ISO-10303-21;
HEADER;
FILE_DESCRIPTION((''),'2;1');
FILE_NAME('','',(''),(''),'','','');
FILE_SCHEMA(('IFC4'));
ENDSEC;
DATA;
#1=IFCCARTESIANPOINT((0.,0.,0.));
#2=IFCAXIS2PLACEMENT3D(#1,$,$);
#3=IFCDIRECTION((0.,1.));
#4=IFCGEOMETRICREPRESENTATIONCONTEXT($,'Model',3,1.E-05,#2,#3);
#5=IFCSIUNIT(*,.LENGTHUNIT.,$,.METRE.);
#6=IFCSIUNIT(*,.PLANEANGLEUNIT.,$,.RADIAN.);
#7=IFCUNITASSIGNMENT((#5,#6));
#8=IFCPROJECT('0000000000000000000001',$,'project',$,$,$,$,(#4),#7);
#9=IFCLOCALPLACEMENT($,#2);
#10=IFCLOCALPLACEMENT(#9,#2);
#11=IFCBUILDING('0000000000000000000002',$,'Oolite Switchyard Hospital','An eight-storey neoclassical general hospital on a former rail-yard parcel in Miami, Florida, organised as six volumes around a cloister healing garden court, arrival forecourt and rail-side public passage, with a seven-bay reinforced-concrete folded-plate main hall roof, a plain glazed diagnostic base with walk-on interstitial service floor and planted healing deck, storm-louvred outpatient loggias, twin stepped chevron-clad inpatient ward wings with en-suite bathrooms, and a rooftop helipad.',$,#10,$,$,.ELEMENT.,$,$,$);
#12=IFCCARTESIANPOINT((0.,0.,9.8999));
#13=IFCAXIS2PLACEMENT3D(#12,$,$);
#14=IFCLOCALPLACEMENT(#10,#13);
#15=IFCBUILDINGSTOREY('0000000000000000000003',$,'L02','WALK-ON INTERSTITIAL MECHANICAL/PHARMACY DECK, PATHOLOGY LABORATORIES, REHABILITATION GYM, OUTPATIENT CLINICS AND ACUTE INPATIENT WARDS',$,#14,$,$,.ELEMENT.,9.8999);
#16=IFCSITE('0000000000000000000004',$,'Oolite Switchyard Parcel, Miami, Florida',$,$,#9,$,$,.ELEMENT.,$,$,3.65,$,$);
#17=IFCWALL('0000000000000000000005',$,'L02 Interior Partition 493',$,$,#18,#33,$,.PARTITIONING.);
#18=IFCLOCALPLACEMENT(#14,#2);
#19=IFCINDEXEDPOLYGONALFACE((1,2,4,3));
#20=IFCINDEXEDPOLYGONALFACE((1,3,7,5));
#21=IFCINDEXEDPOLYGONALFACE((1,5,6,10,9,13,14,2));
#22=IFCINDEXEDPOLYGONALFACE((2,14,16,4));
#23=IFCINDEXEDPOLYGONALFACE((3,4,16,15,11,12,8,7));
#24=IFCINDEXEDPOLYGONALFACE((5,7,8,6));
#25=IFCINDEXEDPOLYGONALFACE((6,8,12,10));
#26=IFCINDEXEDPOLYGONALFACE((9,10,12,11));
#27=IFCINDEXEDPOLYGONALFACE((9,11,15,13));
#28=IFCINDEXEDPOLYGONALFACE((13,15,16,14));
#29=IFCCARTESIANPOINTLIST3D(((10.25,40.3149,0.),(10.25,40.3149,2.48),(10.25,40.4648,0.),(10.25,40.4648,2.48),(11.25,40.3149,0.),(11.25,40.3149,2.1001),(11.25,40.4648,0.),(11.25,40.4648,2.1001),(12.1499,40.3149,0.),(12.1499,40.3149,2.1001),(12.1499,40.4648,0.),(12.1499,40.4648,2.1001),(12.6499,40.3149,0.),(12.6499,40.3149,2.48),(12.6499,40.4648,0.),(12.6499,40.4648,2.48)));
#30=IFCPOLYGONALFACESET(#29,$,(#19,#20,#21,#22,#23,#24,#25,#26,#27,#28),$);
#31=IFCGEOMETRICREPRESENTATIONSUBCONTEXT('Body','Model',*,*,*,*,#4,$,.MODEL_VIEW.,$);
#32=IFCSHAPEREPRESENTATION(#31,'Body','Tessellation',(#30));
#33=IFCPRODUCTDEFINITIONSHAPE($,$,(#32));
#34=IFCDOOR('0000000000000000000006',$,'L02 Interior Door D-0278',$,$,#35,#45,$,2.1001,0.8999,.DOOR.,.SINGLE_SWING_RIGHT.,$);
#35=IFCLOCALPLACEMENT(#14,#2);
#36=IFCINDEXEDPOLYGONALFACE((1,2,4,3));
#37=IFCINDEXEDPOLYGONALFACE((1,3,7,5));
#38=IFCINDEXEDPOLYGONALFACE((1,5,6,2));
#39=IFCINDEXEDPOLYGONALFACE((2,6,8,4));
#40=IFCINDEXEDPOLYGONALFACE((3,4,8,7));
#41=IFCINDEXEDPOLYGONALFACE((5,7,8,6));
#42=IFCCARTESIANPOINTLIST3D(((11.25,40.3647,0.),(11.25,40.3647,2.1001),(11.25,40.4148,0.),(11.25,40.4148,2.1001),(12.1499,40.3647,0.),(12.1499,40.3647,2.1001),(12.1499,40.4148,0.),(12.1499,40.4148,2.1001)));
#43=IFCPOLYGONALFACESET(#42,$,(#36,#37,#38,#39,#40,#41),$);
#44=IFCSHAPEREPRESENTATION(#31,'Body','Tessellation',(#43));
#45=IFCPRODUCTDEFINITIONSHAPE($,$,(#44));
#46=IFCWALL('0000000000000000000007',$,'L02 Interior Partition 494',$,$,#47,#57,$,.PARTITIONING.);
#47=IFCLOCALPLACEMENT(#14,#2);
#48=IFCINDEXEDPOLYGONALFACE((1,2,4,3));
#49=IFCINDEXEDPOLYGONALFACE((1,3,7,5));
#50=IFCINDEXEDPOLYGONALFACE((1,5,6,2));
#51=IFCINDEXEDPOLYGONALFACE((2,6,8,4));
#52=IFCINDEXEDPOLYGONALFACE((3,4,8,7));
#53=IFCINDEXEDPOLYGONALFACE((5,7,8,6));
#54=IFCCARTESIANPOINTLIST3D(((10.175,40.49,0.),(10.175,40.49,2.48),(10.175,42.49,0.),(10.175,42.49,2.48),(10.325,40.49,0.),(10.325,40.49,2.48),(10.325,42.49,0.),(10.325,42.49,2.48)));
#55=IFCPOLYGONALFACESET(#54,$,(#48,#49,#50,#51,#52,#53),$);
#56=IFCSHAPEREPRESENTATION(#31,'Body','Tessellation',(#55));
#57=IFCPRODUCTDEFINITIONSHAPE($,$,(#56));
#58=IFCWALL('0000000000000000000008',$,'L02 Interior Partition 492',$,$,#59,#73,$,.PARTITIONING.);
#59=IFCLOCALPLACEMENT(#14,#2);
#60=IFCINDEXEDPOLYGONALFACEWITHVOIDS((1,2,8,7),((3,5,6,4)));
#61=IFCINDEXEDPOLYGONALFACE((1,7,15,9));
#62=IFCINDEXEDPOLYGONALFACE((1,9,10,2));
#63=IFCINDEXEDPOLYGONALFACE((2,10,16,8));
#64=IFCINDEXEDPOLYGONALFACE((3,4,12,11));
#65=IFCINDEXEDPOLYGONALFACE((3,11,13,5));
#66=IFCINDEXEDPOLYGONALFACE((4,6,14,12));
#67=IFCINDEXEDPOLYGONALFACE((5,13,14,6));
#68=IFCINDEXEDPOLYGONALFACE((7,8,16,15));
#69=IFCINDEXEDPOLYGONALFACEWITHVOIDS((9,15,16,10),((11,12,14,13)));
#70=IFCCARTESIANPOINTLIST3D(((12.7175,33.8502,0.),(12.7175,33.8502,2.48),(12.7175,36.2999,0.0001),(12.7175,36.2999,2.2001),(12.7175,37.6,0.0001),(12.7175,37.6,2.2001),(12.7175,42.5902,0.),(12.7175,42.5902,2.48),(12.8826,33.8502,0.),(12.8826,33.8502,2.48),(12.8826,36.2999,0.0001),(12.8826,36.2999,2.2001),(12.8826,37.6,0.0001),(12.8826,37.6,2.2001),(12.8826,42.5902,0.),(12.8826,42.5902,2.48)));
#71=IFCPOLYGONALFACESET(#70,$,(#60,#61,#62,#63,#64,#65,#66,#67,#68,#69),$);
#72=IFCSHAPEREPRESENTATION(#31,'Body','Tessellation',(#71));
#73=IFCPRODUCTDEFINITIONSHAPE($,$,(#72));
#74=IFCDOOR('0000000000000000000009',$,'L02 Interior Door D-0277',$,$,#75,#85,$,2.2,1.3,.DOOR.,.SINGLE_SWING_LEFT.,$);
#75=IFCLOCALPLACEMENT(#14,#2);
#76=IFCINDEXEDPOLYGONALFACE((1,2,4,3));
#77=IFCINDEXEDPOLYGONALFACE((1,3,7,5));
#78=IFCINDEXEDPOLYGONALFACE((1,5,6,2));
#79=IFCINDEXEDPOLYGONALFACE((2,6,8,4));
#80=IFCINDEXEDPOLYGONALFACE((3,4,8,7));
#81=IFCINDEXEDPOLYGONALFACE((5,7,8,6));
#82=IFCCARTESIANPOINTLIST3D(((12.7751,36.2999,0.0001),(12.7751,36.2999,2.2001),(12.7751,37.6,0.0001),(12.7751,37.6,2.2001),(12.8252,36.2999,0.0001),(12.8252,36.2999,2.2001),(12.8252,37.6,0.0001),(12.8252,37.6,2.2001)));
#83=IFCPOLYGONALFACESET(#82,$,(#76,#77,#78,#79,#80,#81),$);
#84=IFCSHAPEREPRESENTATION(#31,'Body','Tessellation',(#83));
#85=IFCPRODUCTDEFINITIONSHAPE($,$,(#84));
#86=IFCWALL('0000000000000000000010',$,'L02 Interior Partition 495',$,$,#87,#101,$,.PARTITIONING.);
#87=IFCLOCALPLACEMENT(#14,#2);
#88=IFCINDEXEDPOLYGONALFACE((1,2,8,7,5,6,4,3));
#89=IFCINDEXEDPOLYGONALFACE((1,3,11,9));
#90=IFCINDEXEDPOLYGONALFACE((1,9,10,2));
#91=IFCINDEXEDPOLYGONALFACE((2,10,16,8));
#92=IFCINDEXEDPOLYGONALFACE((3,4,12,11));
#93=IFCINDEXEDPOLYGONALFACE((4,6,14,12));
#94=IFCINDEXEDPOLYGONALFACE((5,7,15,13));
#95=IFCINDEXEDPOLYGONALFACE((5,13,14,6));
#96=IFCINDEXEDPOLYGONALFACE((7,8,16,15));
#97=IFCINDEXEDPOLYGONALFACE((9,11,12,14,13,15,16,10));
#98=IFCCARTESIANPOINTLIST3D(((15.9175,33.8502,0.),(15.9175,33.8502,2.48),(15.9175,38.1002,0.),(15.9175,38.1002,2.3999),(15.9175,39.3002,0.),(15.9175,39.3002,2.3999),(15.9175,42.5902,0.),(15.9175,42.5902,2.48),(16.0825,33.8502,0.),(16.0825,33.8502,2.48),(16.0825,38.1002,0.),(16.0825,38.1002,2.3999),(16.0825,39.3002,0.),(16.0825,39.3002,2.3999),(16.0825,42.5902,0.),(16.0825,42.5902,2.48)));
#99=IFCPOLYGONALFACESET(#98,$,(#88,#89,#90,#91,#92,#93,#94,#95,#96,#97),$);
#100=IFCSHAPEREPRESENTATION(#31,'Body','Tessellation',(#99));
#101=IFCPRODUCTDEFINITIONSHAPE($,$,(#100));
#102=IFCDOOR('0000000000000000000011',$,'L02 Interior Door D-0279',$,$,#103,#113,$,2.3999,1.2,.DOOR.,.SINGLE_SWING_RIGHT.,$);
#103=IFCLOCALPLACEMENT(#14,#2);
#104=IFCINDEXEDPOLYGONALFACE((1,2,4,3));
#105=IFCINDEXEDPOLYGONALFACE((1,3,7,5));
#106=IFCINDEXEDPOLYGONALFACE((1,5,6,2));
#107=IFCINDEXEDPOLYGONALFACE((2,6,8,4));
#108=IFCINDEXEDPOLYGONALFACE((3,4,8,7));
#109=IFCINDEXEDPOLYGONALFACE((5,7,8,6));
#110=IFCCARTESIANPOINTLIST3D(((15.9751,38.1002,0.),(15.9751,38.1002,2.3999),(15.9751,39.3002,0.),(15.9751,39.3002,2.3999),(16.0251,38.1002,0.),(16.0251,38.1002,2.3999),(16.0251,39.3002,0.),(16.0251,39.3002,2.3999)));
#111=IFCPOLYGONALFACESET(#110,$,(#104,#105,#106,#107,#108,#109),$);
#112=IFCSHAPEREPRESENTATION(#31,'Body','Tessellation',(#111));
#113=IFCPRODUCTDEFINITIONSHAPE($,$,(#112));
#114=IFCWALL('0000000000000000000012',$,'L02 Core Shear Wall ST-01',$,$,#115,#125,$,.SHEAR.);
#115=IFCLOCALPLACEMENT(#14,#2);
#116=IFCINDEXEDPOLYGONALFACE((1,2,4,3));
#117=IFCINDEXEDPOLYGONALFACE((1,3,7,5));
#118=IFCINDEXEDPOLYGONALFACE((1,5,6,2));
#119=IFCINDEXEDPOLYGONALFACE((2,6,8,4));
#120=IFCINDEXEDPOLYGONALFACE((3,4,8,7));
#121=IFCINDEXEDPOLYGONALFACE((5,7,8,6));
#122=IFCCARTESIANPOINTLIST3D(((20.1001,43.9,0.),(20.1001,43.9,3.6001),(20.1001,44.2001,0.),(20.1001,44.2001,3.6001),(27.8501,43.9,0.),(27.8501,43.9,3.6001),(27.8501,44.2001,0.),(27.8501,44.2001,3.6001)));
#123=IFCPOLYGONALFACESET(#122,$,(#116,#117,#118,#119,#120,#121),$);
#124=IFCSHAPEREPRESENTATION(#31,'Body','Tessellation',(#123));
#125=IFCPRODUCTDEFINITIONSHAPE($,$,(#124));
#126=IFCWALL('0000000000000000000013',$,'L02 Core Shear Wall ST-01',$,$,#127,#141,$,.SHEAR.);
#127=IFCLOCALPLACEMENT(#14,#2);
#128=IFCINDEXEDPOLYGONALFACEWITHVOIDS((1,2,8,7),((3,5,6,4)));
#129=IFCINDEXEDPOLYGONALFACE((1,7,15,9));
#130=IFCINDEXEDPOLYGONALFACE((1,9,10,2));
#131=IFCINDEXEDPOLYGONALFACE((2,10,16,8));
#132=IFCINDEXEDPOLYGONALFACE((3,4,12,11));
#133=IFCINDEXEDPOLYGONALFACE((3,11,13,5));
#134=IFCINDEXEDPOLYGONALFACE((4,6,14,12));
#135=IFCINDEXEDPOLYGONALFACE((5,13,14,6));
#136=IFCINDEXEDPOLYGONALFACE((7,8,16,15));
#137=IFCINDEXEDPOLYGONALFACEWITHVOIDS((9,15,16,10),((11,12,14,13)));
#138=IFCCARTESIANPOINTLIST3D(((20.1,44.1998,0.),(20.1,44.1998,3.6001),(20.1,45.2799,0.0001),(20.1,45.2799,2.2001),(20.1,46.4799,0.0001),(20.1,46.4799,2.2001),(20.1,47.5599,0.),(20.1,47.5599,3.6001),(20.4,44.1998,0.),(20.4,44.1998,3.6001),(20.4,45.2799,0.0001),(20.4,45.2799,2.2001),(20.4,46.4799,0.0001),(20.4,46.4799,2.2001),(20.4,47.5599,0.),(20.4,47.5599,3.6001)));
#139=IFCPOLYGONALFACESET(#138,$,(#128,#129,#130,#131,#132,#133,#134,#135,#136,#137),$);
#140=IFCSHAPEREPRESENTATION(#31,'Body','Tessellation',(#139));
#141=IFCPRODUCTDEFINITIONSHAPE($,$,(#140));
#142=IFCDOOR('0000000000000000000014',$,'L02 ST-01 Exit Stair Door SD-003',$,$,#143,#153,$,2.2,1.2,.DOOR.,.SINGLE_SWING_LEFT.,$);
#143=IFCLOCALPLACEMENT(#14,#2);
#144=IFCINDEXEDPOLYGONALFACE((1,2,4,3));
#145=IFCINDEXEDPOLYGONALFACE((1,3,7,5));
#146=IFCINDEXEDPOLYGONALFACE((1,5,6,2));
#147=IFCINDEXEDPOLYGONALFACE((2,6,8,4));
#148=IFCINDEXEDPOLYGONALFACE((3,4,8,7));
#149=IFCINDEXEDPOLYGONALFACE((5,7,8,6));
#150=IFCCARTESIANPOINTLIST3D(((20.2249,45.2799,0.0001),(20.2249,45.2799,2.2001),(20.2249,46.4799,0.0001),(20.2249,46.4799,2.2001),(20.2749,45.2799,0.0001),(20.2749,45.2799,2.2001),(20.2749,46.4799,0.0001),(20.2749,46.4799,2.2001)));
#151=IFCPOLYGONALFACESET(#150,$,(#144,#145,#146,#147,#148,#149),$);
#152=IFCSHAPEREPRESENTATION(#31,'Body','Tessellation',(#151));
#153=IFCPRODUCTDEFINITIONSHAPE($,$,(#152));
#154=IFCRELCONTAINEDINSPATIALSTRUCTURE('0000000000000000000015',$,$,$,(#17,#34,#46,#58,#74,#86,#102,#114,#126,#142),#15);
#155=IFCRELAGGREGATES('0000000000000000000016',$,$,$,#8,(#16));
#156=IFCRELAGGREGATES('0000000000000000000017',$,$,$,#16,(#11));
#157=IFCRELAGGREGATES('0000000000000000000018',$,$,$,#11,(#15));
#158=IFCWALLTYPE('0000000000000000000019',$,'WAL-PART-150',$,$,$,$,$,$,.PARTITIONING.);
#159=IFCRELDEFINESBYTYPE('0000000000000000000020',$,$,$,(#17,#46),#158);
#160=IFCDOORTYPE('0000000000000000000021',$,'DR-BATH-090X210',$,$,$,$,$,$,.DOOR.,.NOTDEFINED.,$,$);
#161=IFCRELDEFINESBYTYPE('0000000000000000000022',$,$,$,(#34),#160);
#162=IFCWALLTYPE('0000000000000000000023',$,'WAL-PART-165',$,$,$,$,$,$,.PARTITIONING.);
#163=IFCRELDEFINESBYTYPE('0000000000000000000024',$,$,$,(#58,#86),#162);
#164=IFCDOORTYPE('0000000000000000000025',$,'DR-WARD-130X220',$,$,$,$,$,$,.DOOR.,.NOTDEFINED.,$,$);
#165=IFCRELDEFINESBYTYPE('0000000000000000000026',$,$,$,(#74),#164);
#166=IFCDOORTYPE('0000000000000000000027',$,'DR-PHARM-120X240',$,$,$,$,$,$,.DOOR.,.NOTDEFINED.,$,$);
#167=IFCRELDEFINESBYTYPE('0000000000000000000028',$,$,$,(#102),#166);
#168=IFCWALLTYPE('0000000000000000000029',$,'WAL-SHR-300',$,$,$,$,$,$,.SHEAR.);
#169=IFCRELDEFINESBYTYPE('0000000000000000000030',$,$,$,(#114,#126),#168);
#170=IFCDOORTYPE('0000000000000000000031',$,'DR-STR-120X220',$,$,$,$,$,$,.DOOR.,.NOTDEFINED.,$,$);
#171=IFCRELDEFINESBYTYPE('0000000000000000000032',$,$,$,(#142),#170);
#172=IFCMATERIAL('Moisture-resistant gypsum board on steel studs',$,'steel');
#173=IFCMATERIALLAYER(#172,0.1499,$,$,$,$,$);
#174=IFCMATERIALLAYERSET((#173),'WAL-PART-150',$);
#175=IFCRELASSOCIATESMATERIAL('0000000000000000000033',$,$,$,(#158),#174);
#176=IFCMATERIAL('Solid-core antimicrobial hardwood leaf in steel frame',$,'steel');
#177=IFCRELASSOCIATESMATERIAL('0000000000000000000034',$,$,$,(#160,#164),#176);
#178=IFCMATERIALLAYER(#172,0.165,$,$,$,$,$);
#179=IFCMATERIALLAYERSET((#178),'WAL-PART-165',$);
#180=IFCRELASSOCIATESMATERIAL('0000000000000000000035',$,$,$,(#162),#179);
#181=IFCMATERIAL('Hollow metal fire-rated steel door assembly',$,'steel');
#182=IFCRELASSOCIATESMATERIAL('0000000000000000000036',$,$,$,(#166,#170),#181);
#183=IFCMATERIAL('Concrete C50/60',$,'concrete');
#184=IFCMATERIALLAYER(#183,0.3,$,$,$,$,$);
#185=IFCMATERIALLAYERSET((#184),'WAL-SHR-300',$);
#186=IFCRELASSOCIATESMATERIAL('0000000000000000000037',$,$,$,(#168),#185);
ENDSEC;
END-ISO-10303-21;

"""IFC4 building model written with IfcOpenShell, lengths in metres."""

from ifc_helpers import new_model, si_unit, direction, frame, frame_2d, origin, place, context, subcontext, project, spatial, rectangle, extrude, material, layer, layer_set, type_object, element, fill, save


model = new_model("IFC4")

# Units and contexts
model_context = context("Model", 3, precision=1e-05, world=origin(), true_north=direction((0.0, 1.0)))
body_context = subcontext(model_context, "Body", "Model", "MODEL_VIEW")
ifc_project = project(units=[si_unit("LENGTHUNIT", "METRE"), si_unit("PLANEANGLEUNIT", "RADIAN")], contexts=[model_context])

# Site, building, storey
site_placement = place(None, origin())
site = spatial("IfcSite", under=ifc_project, at=site_placement, Name="Oolite Switchyard Parcel, Miami, Florida", CompositionType="ELEMENT", RefElevation=3.65)
building_placement = place(site_placement, origin())
building = spatial("IfcBuilding", under=site, at=building_placement, Name="Oolite Switchyard Hospital", Description="An eight-storey neoclassical general hospital on a former rail-yard parcel in Miami, Florida, organised as six volumes around a cloister healing garden court, arrival forecourt and rail-side public passage, with a seven-bay reinforced-concrete folded-plate main hall roof, a plain glazed diagnostic base with walk-on interstitial service floor and planted healing deck, storm-louvred outpatient loggias, twin stepped chevron-clad inpatient ward wings with en-suite bathrooms, and a rooftop helipad.", CompositionType="ELEMENT")
storey_placement = place(building_placement, frame((0.0, 0.0, 9.8999)))
storey = spatial("IfcBuildingStorey", under=building, at=storey_placement, Name="L02", Description="WALK-ON INTERSTITIAL MECHANICAL/PHARMACY DECK, PATHOLOGY LABORATORIES, REHABILITATION GYM, OUTPATIENT CLINICS AND ACUTE INPATIENT WARDS", CompositionType="ELEMENT", Elevation=9.8999)

# Shared definitions
ifc_material_1 = material(Name="Concrete C50/60", Category="concrete")

# Wall, opening, door
ifc_material_2 = material(Name="Moisture-resistant gypsum board on steel studs", Category="steel")
ifc_layer_1 = layer(ifc_material_2, 0.1499)
ifc_layer_set_1 = layer_set([ifc_layer_1], Name="WAL-PART-150")
wall_type_1 = type_object("IfcWallType", Name="WAL-PART-150", PredefinedType="PARTITIONING", material=ifc_layer_set_1)
wall_1_placement = place(storey_placement, frame((10.25, 40.3899, 0.0), z_axis=(0.0, 0.0, 1.0), x_axis=(1.0, 0.0, 0.0)))
wall_1 = element("IfcWall", 1, at=wall_1_placement, inside=storey, type_object=wall_type_1, Name="L02 Interior Partition 493", PredefinedType="PARTITIONING", context=body_context, shape_type="SweptSolid", body=[
    extrude(rectangle(XDim=2.3999, YDim=0.1499, at=frame_2d((1.2, 0.0))), origin(), (0.0, 0.0, 1.0), 2.48),
])
opening_1_placement = place(wall_1_placement, frame((1.0, 0.0, 0.0)))
opening_1 = element("IfcOpeningElement", 2, at=opening_1_placement, cuts=wall_1, PredefinedType="OPENING", context=body_context, shape_type="SweptSolid", body=[
    extrude(rectangle(XDim=0.8999, YDim=2.1001, at=frame_2d((0.45, 1.05))), frame((0.0, 0.085, 0.0), z_axis=(0.0, -1.0, 0.0), x_axis=(1.0, 0.0, 0.0)), (0.0, 0.0, 1.0), 0.1699),
])
ifc_material_3 = material(Name="Solid-core antimicrobial hardwood leaf in steel frame", Category="steel")
door_type_1 = type_object("IfcDoorType", Name="DR-BATH-090X210", OperationType="NOTDEFINED", PredefinedType="DOOR", material=ifc_material_3)
door_1_placement = place(opening_1_placement, origin())
door_1 = element("IfcDoor", 3, at=door_1_placement, inside=storey, type_object=door_type_1, Name="L02 Interior Door D-0278", OperationType="SINGLE_SWING_RIGHT", OverallHeight=2.1001, OverallWidth=0.8999, PredefinedType="DOOR", context=body_context, shape_type="SweptSolid", body=[
    extrude(rectangle(XDim=0.8999, YDim=2.1001, at=frame_2d((0.45, 1.05))), frame((0.0, 0.0249, 0.0), z_axis=(0.0, -1.0, 0.0), x_axis=(1.0, 0.0, 0.0)), (0.0, 0.0, 1.0), 0.05),
])
fill(opening_1, door_1)

# Wall
wall_2_placement = place(storey_placement, frame((10.25, 40.49, 0.0), z_axis=(0.0, 0.0, 1.0), x_axis=(0.0, 1.0, 0.0)))
element("IfcWall", 4, at=wall_2_placement, inside=storey, type_object=wall_type_1, Name="L02 Interior Partition 494", PredefinedType="PARTITIONING", context=body_context, shape_type="SweptSolid", body=[
    extrude(rectangle(XDim=2.0, YDim=0.1499, at=frame_2d((1.0, 0.0))), origin(), (0.0, 0.0, 1.0), 2.48),
])

# Walls, openings, doors
ifc_layer_2 = layer(ifc_material_2, 0.165)
ifc_layer_set_2 = layer_set([ifc_layer_2], Name="WAL-PART-165")
wall_type_2 = type_object("IfcWallType", Name="WAL-PART-165", PredefinedType="PARTITIONING", material=ifc_layer_set_2)
wall_3_placement = place(storey_placement, frame((12.8, 33.8501, 0.0), z_axis=(0.0, 0.0, 1.0), x_axis=(0.0, 1.0, 0.0)))
wall_3 = element("IfcWall", 5, at=wall_3_placement, inside=storey, type_object=wall_type_2, Name="L02 Interior Partition 492", PredefinedType="PARTITIONING", context=body_context, shape_type="SweptSolid", body=[
    extrude(rectangle(XDim=8.74, YDim=0.165, at=frame_2d((4.3701, 0.0))), origin(), (0.0, 0.0, 1.0), 2.48),
])
opening_2_placement = place(wall_3_placement, frame((2.45, 0.0, 0.0)))
opening_2 = element("IfcOpeningElement", 6, at=opening_2_placement, cuts=wall_3, PredefinedType="OPENING", context=body_context, shape_type="SweptSolid", body=[
    extrude(rectangle(XDim=1.3, YDim=2.2, at=frame_2d((0.6499, 1.1001))), frame((0.0, 0.0925, 0.0), z_axis=(0.0, -1.0, 0.0), x_axis=(1.0, 0.0, 0.0)), (0.0, 0.0, 1.0), 0.1851),
])
door_type_2 = type_object("IfcDoorType", Name="DR-WARD-130X220", OperationType="NOTDEFINED", PredefinedType="DOOR", material=ifc_material_3)
door_2_placement = place(opening_2_placement, origin())
door_2 = element("IfcDoor", 7, at=door_2_placement, inside=storey, type_object=door_type_2, Name="L02 Interior Door D-0277", OperationType="SINGLE_SWING_LEFT", OverallHeight=2.2, OverallWidth=1.3, PredefinedType="DOOR", context=body_context, shape_type="SweptSolid", body=[
    extrude(rectangle(XDim=1.3, YDim=2.2, at=frame_2d((0.6499, 1.1001))), frame((0.0, 0.0249, 0.0), z_axis=(0.0, -1.0, 0.0), x_axis=(1.0, 0.0, 0.0)), (0.0, 0.0, 1.0), 0.05),
])
fill(opening_2, door_2)
wall_4_placement = place(storey_placement, frame((16.0, 33.8501, 0.0), z_axis=(0.0, 0.0, 1.0), x_axis=(0.0, 1.0, 0.0)))
wall_4 = element("IfcWall", 8, at=wall_4_placement, inside=storey, type_object=wall_type_2, Name="L02 Interior Partition 495", PredefinedType="PARTITIONING", context=body_context, shape_type="SweptSolid", body=[
    extrude(rectangle(XDim=8.74, YDim=0.165, at=frame_2d((4.3701, 0.0))), origin(), (0.0, 0.0, 1.0), 2.48),
])
opening_3_placement = place(wall_4_placement, frame((4.25, 0.0, 0.0)))
opening_3 = element("IfcOpeningElement", 9, at=opening_3_placement, cuts=wall_4, PredefinedType="OPENING", context=body_context, shape_type="SweptSolid", body=[
    extrude(rectangle(XDim=1.2, YDim=2.3999, at=frame_2d((0.6001, 1.2))), frame((0.0, 0.0925, 0.0), z_axis=(0.0, -1.0, 0.0), x_axis=(1.0, 0.0, 0.0)), (0.0, 0.0, 1.0), 0.1851),
])
ifc_material_4 = material(Name="Hollow metal fire-rated steel door assembly", Category="steel")
door_type_3 = type_object("IfcDoorType", Name="DR-PHARM-120X240", OperationType="NOTDEFINED", PredefinedType="DOOR", material=ifc_material_4)
door_3_placement = place(opening_3_placement, origin())
door_3 = element("IfcDoor", 10, at=door_3_placement, inside=storey, type_object=door_type_3, Name="L02 Interior Door D-0279", OperationType="SINGLE_SWING_RIGHT", OverallHeight=2.3999, OverallWidth=1.2, PredefinedType="DOOR", context=body_context, shape_type="SweptSolid", body=[
    extrude(rectangle(XDim=1.2, YDim=2.3999, at=frame_2d((0.6001, 1.2))), frame((0.0, 0.0249, 0.0), z_axis=(0.0, -1.0, 0.0), x_axis=(1.0, 0.0, 0.0)), (0.0, 0.0, 1.0), 0.05),
])
fill(opening_3, door_3)

# Wall
ifc_layer_3 = layer(ifc_material_1, 0.3)
ifc_layer_set_3 = layer_set([ifc_layer_3], Name="WAL-SHR-300")
wall_type_3 = type_object("IfcWallType", Name="WAL-SHR-300", PredefinedType="SHEAR", material=ifc_layer_set_3)
wall_5_placement = place(storey_placement, frame((20.1001, 44.05, 0.0), z_axis=(0.0, 0.0, 1.0), x_axis=(1.0, 0.0, 0.0)))
element("IfcWall", 11, at=wall_5_placement, inside=storey, type_object=wall_type_3, Name="L02 Core Shear Wall ST-01", PredefinedType="SHEAR", context=body_context, shape_type="SweptSolid", body=[
    extrude(rectangle(XDim=7.75, YDim=0.3, at=frame_2d((3.875, 0.0))), origin(), (0.0, 0.0, 1.0), 3.6001),
])

# Wall, opening, door
wall_6_placement = place(storey_placement, frame((20.25, 47.5601, 0.0), z_axis=(0.0, 0.0, 1.0), x_axis=(0.0, -1.0, 0.0)))
wall_6 = element("IfcWall", 12, at=wall_6_placement, inside=storey, type_object=wall_type_3, Name="L02 Core Shear Wall ST-01", PredefinedType="SHEAR", context=body_context, shape_type="SweptSolid", body=[
    extrude(rectangle(XDim=3.3601, YDim=0.3, at=frame_2d((1.6802, 0.0))), origin(), (0.0, 0.0, 1.0), 3.6001),
])
opening_4_placement = place(wall_6_placement, frame((1.0801, 0.0, 0.0)))
opening_4 = element("IfcOpeningElement", 13, at=opening_4_placement, cuts=wall_6, PredefinedType="OPENING", context=body_context, shape_type="SweptSolid", body=[
    extrude(rectangle(XDim=1.2, YDim=2.2, at=frame_2d((0.6001, 1.1001))), frame((0.0, 0.1602, 0.0), z_axis=(0.0, -1.0, 0.0), x_axis=(1.0, 0.0, 0.0)), (0.0, 0.0, 1.0), 0.3201),
])
door_type_4 = type_object("IfcDoorType", Name="DR-STR-120X220", OperationType="NOTDEFINED", PredefinedType="DOOR", material=ifc_material_4)
door_4_placement = place(opening_4_placement, origin())
door_4 = element("IfcDoor", 14, at=door_4_placement, inside=storey, type_object=door_type_4, Name="L02 ST-01 Exit Stair Door SD-003", OperationType="SINGLE_SWING_LEFT", OverallHeight=2.2, OverallWidth=1.2, PredefinedType="DOOR", context=body_context, shape_type="SweptSolid", body=[
    extrude(rectangle(XDim=1.2, YDim=2.2, at=frame_2d((0.6001, 1.1001))), frame((0.0, 0.0249, 0.0), z_axis=(0.0, -1.0, 0.0), x_axis=(1.0, 0.0, 0.0)), (0.0, 0.0, 1.0), 0.05),
])
fill(opening_4, door_4)

save(model, "model.ifc")
